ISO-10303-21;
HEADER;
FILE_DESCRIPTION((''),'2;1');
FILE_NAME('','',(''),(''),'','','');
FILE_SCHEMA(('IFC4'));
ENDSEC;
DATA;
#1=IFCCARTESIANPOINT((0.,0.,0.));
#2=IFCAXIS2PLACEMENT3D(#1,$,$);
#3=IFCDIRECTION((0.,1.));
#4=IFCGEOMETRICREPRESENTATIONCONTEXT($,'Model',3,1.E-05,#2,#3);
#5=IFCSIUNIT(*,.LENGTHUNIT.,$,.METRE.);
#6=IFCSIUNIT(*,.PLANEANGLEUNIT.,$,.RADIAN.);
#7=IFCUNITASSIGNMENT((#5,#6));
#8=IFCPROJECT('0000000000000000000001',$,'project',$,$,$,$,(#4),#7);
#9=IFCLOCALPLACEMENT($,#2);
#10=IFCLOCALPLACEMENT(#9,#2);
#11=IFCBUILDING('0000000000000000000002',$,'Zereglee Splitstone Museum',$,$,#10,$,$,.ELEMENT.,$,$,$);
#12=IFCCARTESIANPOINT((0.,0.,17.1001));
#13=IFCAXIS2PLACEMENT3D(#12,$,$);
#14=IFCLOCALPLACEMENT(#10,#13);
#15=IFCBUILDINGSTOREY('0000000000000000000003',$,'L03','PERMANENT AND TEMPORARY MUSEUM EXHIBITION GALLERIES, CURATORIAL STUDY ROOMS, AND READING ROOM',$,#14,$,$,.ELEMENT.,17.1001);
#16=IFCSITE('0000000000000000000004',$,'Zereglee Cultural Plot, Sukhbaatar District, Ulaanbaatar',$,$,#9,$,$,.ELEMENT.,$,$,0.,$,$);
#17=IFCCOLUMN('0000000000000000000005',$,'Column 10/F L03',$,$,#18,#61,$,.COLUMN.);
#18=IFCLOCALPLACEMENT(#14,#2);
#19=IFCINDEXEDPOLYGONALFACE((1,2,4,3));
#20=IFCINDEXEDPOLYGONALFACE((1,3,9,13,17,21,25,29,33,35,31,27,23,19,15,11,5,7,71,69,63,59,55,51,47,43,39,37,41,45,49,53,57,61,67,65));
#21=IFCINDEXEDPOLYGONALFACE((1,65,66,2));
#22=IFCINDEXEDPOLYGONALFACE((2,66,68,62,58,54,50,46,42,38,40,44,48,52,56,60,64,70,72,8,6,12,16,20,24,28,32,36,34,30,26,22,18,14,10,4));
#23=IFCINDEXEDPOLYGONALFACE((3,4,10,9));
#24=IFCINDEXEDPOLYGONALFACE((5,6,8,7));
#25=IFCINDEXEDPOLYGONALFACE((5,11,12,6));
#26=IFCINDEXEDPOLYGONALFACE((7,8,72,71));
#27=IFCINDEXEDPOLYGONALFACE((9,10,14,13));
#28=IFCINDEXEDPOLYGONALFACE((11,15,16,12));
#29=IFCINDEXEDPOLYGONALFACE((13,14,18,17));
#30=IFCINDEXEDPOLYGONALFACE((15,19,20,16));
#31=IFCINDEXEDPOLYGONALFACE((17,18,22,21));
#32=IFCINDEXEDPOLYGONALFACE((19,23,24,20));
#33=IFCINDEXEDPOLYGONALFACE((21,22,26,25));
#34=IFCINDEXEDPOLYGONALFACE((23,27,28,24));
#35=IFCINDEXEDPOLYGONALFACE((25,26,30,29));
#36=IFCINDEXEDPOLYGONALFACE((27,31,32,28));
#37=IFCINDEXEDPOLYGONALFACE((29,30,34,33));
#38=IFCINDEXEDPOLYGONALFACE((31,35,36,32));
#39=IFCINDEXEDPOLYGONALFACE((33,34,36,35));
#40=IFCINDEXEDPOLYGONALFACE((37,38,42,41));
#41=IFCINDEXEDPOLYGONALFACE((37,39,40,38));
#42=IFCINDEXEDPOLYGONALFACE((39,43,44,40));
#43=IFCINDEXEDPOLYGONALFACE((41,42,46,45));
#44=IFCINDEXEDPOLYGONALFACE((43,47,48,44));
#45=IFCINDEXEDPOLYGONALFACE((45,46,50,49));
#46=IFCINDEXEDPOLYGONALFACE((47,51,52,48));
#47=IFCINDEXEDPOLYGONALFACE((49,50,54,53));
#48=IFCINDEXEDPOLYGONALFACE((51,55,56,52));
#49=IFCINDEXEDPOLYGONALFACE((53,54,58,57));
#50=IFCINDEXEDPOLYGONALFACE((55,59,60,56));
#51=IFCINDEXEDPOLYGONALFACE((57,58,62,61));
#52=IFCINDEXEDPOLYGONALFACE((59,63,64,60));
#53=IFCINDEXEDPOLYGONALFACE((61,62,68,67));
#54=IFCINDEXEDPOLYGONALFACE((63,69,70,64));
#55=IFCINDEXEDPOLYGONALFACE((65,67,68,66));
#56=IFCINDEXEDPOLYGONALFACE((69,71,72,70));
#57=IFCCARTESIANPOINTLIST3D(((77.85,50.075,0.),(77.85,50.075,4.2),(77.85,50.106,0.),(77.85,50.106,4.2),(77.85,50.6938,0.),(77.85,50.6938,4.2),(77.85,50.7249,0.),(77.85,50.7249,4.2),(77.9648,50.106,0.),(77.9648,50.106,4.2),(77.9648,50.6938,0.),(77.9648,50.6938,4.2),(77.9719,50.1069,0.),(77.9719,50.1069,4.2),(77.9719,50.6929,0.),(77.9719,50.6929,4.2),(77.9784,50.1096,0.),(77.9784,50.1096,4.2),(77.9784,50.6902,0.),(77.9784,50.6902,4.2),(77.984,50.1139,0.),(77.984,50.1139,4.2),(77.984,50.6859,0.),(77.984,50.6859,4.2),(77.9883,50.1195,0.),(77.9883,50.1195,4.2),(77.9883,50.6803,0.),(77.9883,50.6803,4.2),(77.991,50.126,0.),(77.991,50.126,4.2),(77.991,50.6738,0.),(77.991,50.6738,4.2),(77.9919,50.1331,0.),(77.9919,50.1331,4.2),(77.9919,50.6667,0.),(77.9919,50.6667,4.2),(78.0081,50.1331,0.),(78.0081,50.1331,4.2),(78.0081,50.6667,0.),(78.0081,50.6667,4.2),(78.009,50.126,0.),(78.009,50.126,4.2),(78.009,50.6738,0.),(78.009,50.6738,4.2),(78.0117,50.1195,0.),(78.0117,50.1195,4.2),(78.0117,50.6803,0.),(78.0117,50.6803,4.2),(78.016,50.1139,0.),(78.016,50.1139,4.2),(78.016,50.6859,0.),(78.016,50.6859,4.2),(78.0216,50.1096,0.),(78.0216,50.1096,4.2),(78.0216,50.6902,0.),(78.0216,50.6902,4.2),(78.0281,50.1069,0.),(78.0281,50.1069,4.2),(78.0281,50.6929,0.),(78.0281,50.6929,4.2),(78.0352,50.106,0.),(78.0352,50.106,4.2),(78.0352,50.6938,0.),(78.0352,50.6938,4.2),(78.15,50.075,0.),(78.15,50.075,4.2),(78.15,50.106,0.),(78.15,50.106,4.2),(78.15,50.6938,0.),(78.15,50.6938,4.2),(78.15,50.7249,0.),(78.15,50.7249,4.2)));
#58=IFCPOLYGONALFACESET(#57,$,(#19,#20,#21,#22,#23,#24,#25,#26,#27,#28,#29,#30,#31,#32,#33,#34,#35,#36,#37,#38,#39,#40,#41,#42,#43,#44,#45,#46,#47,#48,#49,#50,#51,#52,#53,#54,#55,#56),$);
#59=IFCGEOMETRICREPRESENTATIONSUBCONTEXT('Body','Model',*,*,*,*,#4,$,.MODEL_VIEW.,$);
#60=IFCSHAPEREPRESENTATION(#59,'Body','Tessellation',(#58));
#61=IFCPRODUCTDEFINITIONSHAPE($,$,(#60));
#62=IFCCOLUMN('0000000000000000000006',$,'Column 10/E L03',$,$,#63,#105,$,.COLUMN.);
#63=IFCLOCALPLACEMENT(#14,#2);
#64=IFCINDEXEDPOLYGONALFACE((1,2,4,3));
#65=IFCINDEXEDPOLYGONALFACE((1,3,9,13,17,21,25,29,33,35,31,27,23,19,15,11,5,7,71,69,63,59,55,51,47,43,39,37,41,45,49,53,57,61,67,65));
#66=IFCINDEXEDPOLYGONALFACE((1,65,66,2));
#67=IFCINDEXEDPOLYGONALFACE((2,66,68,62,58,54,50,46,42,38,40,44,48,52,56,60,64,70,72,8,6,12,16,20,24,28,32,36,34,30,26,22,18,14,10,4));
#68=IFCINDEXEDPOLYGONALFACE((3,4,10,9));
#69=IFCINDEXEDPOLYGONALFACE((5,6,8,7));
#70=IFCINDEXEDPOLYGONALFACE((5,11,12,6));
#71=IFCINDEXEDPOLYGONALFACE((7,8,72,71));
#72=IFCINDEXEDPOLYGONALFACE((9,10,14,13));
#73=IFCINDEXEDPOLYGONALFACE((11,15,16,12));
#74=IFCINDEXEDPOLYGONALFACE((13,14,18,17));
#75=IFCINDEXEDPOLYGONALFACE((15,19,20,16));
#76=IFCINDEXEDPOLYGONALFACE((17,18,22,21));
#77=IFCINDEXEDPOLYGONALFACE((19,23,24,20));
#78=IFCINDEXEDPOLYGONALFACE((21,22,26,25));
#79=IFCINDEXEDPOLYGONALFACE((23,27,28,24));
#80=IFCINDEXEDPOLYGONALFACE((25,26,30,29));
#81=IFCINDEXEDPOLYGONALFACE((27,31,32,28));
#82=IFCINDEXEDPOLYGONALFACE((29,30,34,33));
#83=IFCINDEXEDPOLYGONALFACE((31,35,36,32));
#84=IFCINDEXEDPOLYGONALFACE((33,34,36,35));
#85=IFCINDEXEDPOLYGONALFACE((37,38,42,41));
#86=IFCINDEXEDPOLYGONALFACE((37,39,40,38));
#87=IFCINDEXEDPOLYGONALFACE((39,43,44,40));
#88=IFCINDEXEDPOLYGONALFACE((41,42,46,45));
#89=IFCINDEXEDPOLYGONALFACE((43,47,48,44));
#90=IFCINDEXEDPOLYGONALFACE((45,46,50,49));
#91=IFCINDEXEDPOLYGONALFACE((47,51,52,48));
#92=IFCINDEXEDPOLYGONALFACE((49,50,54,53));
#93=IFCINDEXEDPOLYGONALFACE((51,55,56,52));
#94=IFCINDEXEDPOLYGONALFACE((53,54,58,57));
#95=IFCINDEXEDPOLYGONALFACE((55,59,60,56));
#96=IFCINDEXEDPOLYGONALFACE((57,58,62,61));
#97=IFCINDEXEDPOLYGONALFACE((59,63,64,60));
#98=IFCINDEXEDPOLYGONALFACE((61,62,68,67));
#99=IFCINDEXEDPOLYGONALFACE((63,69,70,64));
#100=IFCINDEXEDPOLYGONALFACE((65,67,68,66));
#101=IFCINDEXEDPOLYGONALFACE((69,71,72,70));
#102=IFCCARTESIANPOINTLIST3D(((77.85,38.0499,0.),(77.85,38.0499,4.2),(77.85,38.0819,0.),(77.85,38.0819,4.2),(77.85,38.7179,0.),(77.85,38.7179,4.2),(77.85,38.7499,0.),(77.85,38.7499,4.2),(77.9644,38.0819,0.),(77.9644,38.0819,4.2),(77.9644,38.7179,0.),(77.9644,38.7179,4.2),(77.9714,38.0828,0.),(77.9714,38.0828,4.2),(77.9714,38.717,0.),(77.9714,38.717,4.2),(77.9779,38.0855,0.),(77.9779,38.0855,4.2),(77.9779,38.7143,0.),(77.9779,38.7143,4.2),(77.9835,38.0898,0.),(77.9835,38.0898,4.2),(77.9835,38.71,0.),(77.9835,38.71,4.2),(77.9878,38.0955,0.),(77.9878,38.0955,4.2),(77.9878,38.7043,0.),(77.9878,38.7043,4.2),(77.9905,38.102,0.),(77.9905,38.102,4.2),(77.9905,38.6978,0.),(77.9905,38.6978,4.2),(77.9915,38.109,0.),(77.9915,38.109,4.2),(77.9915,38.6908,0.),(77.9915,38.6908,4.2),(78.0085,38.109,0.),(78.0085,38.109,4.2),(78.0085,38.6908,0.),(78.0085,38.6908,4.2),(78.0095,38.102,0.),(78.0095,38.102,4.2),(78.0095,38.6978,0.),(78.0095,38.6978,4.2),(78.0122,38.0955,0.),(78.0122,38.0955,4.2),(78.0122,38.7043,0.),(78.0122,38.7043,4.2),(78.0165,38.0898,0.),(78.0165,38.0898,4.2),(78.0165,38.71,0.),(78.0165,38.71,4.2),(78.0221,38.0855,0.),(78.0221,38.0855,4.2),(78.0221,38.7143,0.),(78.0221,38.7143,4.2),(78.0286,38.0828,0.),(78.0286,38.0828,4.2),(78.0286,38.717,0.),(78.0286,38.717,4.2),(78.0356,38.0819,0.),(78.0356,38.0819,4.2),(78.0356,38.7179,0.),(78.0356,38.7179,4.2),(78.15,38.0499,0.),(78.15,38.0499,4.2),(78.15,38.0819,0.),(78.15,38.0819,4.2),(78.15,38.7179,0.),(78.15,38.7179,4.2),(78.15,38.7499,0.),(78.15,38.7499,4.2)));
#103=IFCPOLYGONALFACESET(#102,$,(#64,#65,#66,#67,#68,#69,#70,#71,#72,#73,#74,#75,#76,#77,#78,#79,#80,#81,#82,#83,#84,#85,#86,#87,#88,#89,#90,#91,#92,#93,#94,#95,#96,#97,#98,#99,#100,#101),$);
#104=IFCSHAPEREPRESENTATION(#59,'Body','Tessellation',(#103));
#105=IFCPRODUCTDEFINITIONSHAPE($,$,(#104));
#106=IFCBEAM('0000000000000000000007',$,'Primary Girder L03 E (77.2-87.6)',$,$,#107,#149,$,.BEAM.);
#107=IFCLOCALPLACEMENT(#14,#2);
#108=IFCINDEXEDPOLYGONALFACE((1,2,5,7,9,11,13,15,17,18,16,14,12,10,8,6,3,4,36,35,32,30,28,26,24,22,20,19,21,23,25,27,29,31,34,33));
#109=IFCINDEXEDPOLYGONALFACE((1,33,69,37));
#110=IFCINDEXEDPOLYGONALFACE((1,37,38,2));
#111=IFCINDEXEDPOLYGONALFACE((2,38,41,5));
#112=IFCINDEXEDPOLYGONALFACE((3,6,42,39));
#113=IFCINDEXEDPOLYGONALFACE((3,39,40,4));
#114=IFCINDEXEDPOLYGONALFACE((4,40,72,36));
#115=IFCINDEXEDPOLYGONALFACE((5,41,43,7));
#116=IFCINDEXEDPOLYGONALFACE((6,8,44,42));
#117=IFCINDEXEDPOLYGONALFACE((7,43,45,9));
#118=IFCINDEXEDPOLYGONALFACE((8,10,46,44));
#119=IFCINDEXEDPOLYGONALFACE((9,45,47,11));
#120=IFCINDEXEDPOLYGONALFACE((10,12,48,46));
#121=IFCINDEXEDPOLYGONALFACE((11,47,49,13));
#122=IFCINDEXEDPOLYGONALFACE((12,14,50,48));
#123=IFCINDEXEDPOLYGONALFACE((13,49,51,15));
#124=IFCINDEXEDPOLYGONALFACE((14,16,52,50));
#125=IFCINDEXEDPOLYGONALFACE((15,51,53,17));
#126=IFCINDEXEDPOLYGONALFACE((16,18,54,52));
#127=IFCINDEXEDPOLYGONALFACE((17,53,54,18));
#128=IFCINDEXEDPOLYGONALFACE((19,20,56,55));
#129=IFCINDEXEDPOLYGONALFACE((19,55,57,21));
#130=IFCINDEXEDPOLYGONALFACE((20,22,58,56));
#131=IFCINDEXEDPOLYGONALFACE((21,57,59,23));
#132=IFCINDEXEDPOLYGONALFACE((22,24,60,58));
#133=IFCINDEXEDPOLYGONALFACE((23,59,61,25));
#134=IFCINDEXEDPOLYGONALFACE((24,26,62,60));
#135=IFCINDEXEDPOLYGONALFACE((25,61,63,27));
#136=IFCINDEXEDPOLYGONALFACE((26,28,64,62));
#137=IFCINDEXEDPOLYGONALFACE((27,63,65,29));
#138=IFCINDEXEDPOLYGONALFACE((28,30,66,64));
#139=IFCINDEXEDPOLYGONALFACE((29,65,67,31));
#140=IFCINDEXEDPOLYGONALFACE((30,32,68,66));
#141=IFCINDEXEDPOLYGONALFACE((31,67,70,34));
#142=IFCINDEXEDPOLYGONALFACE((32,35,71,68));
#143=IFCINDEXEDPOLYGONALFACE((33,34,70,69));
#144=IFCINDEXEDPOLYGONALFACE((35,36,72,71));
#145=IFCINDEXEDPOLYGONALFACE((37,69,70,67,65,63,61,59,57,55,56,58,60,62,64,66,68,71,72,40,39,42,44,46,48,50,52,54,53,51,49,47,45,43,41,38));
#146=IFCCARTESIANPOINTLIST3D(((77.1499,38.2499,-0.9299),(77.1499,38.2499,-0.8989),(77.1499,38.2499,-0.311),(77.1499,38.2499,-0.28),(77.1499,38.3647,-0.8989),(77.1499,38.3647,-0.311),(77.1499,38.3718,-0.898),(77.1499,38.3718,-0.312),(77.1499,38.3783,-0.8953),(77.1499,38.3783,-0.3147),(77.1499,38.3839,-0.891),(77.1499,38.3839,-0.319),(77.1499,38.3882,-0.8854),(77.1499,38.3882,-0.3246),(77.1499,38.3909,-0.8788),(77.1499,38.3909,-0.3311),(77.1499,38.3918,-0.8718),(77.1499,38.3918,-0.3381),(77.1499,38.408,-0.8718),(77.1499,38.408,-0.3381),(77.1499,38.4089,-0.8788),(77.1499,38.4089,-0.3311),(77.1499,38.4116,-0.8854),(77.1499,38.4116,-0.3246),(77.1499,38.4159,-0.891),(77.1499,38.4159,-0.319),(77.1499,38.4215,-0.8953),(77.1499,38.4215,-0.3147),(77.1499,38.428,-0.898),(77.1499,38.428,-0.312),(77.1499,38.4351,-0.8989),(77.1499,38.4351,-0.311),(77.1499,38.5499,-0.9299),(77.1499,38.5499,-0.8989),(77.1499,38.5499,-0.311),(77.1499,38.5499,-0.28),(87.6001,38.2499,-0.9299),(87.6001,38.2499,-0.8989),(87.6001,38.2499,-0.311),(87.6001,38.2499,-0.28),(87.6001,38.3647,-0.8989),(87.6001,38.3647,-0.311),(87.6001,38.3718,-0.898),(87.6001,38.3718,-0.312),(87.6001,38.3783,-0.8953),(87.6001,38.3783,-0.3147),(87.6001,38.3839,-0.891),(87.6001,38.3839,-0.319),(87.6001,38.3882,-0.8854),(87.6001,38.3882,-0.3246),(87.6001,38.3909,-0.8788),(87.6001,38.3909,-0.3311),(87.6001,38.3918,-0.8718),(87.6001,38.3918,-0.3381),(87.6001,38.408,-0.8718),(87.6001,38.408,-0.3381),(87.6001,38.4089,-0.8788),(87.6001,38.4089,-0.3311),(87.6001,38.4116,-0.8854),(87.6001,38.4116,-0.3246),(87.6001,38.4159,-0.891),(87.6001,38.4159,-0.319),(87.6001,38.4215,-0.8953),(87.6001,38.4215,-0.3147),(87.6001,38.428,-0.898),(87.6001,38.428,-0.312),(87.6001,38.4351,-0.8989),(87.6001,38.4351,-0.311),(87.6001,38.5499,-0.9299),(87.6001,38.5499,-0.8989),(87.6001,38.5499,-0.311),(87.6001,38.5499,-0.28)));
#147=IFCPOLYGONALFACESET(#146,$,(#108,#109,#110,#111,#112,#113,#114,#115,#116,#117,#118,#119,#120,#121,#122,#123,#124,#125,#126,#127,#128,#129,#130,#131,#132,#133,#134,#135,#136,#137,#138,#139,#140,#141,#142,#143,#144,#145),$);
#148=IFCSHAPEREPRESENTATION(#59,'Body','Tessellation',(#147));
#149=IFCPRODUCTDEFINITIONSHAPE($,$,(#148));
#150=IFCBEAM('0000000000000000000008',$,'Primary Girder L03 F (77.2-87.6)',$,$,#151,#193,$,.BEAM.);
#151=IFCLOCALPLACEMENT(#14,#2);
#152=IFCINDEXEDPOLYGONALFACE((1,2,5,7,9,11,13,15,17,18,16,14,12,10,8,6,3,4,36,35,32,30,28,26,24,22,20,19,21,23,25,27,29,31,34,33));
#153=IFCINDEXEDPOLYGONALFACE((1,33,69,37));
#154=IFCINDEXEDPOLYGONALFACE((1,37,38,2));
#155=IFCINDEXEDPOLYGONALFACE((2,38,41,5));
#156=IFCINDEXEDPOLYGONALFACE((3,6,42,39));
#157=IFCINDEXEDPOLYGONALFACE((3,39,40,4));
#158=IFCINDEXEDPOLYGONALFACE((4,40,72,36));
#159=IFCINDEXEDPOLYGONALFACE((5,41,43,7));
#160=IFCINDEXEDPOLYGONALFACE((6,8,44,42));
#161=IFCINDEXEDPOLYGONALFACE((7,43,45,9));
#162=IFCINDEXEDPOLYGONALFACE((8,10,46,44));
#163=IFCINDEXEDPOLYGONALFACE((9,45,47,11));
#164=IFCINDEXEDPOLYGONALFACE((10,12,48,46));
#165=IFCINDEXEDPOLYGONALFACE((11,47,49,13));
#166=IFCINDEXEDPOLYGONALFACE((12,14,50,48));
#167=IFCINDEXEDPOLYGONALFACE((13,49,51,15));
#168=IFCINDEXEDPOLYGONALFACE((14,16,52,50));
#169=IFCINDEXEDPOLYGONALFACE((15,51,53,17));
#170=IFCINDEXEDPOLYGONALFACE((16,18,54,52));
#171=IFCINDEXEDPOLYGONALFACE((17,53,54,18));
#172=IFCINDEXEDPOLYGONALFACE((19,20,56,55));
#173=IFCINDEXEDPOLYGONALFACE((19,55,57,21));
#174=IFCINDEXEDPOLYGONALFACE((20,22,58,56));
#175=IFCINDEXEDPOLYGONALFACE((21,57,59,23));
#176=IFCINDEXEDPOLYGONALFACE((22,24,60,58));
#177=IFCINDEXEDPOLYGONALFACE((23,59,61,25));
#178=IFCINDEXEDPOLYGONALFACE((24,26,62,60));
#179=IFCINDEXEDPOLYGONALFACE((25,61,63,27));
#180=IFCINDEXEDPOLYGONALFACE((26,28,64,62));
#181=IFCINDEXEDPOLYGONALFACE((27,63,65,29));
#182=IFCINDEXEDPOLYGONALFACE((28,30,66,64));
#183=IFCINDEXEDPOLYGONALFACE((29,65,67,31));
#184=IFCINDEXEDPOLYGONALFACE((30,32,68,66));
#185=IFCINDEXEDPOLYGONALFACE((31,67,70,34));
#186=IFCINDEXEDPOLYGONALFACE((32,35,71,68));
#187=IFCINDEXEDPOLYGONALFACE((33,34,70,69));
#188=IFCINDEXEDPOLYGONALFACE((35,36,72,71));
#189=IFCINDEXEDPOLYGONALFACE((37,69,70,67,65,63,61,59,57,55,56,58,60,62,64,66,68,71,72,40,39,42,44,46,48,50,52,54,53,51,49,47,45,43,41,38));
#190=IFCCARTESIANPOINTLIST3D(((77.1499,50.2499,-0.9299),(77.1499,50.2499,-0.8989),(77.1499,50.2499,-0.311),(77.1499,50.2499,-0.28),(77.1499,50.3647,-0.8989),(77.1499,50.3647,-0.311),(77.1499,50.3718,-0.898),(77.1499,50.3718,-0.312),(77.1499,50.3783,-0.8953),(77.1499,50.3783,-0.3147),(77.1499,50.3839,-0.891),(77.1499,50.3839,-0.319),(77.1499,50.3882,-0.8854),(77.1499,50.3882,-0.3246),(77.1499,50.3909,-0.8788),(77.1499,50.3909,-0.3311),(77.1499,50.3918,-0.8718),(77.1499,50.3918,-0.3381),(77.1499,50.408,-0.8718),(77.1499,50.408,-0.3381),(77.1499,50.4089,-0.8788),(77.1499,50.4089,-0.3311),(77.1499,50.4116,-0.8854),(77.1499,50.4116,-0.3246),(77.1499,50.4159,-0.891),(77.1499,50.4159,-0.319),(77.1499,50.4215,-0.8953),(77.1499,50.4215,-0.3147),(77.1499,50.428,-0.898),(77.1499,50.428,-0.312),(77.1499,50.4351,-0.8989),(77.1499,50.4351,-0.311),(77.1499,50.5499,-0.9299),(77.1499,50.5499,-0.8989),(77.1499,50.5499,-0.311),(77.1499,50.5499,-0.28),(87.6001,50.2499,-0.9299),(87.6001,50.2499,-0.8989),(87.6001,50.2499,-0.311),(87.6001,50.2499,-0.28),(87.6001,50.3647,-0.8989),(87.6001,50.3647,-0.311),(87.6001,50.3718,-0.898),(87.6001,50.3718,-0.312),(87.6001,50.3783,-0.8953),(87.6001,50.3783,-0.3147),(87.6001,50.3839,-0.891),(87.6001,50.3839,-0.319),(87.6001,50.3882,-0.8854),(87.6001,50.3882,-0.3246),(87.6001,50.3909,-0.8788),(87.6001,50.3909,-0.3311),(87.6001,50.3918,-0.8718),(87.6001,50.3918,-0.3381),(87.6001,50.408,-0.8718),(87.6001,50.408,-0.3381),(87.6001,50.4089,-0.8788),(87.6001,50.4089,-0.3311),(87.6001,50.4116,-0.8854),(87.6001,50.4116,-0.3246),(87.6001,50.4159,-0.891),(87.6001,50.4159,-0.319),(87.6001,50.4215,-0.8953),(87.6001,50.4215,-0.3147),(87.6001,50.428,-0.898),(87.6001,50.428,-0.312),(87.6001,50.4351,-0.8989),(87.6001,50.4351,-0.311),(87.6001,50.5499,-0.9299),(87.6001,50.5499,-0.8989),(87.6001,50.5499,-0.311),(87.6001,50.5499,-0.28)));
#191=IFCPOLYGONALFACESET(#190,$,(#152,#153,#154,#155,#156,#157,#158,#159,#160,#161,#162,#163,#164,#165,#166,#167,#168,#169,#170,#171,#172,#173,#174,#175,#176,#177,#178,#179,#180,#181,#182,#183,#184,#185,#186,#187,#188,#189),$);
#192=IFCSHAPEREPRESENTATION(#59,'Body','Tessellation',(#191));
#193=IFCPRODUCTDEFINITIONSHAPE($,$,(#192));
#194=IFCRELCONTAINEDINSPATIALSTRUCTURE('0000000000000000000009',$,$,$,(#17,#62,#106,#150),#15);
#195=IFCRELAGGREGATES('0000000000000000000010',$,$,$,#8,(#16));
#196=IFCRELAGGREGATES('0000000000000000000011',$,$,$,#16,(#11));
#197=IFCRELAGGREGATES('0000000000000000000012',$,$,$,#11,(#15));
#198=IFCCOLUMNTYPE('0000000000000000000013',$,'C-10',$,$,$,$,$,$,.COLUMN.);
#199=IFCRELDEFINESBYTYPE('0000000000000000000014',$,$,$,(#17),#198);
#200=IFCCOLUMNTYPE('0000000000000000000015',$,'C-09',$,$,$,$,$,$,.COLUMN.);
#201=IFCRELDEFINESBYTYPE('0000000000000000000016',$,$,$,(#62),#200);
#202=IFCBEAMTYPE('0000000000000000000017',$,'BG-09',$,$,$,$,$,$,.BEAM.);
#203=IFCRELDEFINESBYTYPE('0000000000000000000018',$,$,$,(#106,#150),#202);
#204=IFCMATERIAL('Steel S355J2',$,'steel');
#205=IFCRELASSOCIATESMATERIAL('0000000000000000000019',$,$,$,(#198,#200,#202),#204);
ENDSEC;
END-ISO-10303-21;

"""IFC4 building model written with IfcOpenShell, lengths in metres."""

from ifc_helpers import new_model, si_unit, direction, frame, origin, origin_2d, place, context, subcontext, project, spatial, i_section, extrude, material, material_profile, profile_set, type_object, element, save


model = new_model("IFC4")

# Units and contexts
model_context = context("Model", 3, precision=1e-05, world=origin(), true_north=direction((0.0, 1.0)))
body_context = subcontext(model_context, "Body", "Model", "MODEL_VIEW")
ifc_project = project(units=[si_unit("LENGTHUNIT", "METRE"), si_unit("PLANEANGLEUNIT", "RADIAN")], contexts=[model_context])

# Site, building, storey
site_placement = place(None, origin())
site = spatial("IfcSite", under=ifc_project, at=site_placement, Name="Zereglee Cultural Plot, Sukhbaatar District, Ulaanbaatar", CompositionType="ELEMENT", RefElevation=0.0)
building_placement = place(site_placement, origin())
building = spatial("IfcBuilding", under=site, at=building_placement, Name="Zereglee Splitstone Museum", CompositionType="ELEMENT")
storey_placement = place(building_placement, frame((0.0, 0.0, 17.1001)))
storey = spatial("IfcBuildingStorey", under=building, at=storey_placement, Name="L03", Description="PERMANENT AND TEMPORARY MUSEUM EXHIBITION GALLERIES, CURATORIAL STUDY ROOMS, AND READING ROOM", CompositionType="ELEMENT", Elevation=17.1001)

# Columns
ifc_material_1 = material(Name="Steel S355J2", Category="steel")
ifc_material_profile_1 = material_profile(ifc_material_1, i_section(OverallWidth=0.3, OverallDepth=0.6499, WebThickness=0.0161, FlangeThickness=0.031, FilletRadius=0.0271, at=origin_2d()), Name="HE 650 B")
ifc_profile_set_1 = profile_set([ifc_material_profile_1], Name="Steel S355J2")
column_type_1 = type_object("IfcColumnType", Name="C-10", PredefinedType="COLUMN", material=ifc_profile_set_1)
column_1_placement = place(storey_placement, frame((78.0, 50.3999, 0.0), z_axis=(0.0, 0.0, 1.0), x_axis=(1.0, 0.0, 0.0)))
element("IfcColumn", 1, at=column_1_placement, inside=storey, type_object=column_type_1, Name="Column 10/F L03", PredefinedType="COLUMN", context=body_context, shape_type="SweptSolid", body=[
    extrude(i_section(OverallWidth=0.3, OverallDepth=0.6499, WebThickness=0.0161, FlangeThickness=0.031, FilletRadius=0.0271, at=origin_2d()), origin(), (0.0, 0.0, 1.0), 4.2),
])
ifc_material_profile_2 = material_profile(ifc_material_1, i_section(OverallWidth=0.3, OverallDepth=0.7, WebThickness=0.0171, FlangeThickness=0.032, FilletRadius=0.0271, at=origin_2d()), Name="HE 700 B")
ifc_profile_set_2 = profile_set([ifc_material_profile_2], Name="Steel S355J2")
column_type_2 = type_object("IfcColumnType", Name="C-09", PredefinedType="COLUMN", material=ifc_profile_set_2)
column_2_placement = place(storey_placement, frame((78.0, 38.3999, 0.0), z_axis=(0.0, 0.0, 1.0), x_axis=(1.0, 0.0, 0.0)))
element("IfcColumn", 2, at=column_2_placement, inside=storey, type_object=column_type_2, Name="Column 10/E L03", PredefinedType="COLUMN", context=body_context, shape_type="SweptSolid", body=[
    extrude(i_section(OverallWidth=0.3, OverallDepth=0.7, WebThickness=0.0171, FlangeThickness=0.032, FilletRadius=0.0271, at=origin_2d()), origin(), (0.0, 0.0, 1.0), 4.2),
])

# Beams
ifc_material_profile_3 = material_profile(ifc_material_1, i_section(OverallWidth=0.3, OverallDepth=0.6499, WebThickness=0.0161, FlangeThickness=0.031, FilletRadius=0.0271, at=origin_2d()), Name="HE 650 B")
ifc_profile_set_3 = profile_set([ifc_material_profile_3], Name="Steel S355J2")
beam_type_1 = type_object("IfcBeamType", Name="BG-09", PredefinedType="BEAM", material=ifc_profile_set_3)
for number, where, z_axis, x_axis, name in (
    (3, (77.1499, 38.3999, -0.605), (1.0, 0.0, 0.0), (0.0, 1.0, 0.0), "Primary Girder L03 E (77.2-87.6)"),
    (4, (77.1499, 50.3999, -0.605), (1.0, 0.0, 0.0), (0.0, 1.0, 0.0), "Primary Girder L03 F (77.2-87.6)"),
):
    element("IfcBeam", number, at=place(storey_placement, frame(where, z_axis=z_axis, x_axis=x_axis)), inside=storey, type_object=beam_type_1, Name=name, PredefinedType="BEAM", context=body_context, shape_type="SweptSolid", body=[
        extrude(i_section(OverallWidth=0.3, OverallDepth=0.6499, WebThickness=0.0161, FlangeThickness=0.031, FilletRadius=0.0271, at=origin_2d()), origin(), (0.0, 0.0, 1.0), 10.4502),
    ])

save(model, "model.ifc")
